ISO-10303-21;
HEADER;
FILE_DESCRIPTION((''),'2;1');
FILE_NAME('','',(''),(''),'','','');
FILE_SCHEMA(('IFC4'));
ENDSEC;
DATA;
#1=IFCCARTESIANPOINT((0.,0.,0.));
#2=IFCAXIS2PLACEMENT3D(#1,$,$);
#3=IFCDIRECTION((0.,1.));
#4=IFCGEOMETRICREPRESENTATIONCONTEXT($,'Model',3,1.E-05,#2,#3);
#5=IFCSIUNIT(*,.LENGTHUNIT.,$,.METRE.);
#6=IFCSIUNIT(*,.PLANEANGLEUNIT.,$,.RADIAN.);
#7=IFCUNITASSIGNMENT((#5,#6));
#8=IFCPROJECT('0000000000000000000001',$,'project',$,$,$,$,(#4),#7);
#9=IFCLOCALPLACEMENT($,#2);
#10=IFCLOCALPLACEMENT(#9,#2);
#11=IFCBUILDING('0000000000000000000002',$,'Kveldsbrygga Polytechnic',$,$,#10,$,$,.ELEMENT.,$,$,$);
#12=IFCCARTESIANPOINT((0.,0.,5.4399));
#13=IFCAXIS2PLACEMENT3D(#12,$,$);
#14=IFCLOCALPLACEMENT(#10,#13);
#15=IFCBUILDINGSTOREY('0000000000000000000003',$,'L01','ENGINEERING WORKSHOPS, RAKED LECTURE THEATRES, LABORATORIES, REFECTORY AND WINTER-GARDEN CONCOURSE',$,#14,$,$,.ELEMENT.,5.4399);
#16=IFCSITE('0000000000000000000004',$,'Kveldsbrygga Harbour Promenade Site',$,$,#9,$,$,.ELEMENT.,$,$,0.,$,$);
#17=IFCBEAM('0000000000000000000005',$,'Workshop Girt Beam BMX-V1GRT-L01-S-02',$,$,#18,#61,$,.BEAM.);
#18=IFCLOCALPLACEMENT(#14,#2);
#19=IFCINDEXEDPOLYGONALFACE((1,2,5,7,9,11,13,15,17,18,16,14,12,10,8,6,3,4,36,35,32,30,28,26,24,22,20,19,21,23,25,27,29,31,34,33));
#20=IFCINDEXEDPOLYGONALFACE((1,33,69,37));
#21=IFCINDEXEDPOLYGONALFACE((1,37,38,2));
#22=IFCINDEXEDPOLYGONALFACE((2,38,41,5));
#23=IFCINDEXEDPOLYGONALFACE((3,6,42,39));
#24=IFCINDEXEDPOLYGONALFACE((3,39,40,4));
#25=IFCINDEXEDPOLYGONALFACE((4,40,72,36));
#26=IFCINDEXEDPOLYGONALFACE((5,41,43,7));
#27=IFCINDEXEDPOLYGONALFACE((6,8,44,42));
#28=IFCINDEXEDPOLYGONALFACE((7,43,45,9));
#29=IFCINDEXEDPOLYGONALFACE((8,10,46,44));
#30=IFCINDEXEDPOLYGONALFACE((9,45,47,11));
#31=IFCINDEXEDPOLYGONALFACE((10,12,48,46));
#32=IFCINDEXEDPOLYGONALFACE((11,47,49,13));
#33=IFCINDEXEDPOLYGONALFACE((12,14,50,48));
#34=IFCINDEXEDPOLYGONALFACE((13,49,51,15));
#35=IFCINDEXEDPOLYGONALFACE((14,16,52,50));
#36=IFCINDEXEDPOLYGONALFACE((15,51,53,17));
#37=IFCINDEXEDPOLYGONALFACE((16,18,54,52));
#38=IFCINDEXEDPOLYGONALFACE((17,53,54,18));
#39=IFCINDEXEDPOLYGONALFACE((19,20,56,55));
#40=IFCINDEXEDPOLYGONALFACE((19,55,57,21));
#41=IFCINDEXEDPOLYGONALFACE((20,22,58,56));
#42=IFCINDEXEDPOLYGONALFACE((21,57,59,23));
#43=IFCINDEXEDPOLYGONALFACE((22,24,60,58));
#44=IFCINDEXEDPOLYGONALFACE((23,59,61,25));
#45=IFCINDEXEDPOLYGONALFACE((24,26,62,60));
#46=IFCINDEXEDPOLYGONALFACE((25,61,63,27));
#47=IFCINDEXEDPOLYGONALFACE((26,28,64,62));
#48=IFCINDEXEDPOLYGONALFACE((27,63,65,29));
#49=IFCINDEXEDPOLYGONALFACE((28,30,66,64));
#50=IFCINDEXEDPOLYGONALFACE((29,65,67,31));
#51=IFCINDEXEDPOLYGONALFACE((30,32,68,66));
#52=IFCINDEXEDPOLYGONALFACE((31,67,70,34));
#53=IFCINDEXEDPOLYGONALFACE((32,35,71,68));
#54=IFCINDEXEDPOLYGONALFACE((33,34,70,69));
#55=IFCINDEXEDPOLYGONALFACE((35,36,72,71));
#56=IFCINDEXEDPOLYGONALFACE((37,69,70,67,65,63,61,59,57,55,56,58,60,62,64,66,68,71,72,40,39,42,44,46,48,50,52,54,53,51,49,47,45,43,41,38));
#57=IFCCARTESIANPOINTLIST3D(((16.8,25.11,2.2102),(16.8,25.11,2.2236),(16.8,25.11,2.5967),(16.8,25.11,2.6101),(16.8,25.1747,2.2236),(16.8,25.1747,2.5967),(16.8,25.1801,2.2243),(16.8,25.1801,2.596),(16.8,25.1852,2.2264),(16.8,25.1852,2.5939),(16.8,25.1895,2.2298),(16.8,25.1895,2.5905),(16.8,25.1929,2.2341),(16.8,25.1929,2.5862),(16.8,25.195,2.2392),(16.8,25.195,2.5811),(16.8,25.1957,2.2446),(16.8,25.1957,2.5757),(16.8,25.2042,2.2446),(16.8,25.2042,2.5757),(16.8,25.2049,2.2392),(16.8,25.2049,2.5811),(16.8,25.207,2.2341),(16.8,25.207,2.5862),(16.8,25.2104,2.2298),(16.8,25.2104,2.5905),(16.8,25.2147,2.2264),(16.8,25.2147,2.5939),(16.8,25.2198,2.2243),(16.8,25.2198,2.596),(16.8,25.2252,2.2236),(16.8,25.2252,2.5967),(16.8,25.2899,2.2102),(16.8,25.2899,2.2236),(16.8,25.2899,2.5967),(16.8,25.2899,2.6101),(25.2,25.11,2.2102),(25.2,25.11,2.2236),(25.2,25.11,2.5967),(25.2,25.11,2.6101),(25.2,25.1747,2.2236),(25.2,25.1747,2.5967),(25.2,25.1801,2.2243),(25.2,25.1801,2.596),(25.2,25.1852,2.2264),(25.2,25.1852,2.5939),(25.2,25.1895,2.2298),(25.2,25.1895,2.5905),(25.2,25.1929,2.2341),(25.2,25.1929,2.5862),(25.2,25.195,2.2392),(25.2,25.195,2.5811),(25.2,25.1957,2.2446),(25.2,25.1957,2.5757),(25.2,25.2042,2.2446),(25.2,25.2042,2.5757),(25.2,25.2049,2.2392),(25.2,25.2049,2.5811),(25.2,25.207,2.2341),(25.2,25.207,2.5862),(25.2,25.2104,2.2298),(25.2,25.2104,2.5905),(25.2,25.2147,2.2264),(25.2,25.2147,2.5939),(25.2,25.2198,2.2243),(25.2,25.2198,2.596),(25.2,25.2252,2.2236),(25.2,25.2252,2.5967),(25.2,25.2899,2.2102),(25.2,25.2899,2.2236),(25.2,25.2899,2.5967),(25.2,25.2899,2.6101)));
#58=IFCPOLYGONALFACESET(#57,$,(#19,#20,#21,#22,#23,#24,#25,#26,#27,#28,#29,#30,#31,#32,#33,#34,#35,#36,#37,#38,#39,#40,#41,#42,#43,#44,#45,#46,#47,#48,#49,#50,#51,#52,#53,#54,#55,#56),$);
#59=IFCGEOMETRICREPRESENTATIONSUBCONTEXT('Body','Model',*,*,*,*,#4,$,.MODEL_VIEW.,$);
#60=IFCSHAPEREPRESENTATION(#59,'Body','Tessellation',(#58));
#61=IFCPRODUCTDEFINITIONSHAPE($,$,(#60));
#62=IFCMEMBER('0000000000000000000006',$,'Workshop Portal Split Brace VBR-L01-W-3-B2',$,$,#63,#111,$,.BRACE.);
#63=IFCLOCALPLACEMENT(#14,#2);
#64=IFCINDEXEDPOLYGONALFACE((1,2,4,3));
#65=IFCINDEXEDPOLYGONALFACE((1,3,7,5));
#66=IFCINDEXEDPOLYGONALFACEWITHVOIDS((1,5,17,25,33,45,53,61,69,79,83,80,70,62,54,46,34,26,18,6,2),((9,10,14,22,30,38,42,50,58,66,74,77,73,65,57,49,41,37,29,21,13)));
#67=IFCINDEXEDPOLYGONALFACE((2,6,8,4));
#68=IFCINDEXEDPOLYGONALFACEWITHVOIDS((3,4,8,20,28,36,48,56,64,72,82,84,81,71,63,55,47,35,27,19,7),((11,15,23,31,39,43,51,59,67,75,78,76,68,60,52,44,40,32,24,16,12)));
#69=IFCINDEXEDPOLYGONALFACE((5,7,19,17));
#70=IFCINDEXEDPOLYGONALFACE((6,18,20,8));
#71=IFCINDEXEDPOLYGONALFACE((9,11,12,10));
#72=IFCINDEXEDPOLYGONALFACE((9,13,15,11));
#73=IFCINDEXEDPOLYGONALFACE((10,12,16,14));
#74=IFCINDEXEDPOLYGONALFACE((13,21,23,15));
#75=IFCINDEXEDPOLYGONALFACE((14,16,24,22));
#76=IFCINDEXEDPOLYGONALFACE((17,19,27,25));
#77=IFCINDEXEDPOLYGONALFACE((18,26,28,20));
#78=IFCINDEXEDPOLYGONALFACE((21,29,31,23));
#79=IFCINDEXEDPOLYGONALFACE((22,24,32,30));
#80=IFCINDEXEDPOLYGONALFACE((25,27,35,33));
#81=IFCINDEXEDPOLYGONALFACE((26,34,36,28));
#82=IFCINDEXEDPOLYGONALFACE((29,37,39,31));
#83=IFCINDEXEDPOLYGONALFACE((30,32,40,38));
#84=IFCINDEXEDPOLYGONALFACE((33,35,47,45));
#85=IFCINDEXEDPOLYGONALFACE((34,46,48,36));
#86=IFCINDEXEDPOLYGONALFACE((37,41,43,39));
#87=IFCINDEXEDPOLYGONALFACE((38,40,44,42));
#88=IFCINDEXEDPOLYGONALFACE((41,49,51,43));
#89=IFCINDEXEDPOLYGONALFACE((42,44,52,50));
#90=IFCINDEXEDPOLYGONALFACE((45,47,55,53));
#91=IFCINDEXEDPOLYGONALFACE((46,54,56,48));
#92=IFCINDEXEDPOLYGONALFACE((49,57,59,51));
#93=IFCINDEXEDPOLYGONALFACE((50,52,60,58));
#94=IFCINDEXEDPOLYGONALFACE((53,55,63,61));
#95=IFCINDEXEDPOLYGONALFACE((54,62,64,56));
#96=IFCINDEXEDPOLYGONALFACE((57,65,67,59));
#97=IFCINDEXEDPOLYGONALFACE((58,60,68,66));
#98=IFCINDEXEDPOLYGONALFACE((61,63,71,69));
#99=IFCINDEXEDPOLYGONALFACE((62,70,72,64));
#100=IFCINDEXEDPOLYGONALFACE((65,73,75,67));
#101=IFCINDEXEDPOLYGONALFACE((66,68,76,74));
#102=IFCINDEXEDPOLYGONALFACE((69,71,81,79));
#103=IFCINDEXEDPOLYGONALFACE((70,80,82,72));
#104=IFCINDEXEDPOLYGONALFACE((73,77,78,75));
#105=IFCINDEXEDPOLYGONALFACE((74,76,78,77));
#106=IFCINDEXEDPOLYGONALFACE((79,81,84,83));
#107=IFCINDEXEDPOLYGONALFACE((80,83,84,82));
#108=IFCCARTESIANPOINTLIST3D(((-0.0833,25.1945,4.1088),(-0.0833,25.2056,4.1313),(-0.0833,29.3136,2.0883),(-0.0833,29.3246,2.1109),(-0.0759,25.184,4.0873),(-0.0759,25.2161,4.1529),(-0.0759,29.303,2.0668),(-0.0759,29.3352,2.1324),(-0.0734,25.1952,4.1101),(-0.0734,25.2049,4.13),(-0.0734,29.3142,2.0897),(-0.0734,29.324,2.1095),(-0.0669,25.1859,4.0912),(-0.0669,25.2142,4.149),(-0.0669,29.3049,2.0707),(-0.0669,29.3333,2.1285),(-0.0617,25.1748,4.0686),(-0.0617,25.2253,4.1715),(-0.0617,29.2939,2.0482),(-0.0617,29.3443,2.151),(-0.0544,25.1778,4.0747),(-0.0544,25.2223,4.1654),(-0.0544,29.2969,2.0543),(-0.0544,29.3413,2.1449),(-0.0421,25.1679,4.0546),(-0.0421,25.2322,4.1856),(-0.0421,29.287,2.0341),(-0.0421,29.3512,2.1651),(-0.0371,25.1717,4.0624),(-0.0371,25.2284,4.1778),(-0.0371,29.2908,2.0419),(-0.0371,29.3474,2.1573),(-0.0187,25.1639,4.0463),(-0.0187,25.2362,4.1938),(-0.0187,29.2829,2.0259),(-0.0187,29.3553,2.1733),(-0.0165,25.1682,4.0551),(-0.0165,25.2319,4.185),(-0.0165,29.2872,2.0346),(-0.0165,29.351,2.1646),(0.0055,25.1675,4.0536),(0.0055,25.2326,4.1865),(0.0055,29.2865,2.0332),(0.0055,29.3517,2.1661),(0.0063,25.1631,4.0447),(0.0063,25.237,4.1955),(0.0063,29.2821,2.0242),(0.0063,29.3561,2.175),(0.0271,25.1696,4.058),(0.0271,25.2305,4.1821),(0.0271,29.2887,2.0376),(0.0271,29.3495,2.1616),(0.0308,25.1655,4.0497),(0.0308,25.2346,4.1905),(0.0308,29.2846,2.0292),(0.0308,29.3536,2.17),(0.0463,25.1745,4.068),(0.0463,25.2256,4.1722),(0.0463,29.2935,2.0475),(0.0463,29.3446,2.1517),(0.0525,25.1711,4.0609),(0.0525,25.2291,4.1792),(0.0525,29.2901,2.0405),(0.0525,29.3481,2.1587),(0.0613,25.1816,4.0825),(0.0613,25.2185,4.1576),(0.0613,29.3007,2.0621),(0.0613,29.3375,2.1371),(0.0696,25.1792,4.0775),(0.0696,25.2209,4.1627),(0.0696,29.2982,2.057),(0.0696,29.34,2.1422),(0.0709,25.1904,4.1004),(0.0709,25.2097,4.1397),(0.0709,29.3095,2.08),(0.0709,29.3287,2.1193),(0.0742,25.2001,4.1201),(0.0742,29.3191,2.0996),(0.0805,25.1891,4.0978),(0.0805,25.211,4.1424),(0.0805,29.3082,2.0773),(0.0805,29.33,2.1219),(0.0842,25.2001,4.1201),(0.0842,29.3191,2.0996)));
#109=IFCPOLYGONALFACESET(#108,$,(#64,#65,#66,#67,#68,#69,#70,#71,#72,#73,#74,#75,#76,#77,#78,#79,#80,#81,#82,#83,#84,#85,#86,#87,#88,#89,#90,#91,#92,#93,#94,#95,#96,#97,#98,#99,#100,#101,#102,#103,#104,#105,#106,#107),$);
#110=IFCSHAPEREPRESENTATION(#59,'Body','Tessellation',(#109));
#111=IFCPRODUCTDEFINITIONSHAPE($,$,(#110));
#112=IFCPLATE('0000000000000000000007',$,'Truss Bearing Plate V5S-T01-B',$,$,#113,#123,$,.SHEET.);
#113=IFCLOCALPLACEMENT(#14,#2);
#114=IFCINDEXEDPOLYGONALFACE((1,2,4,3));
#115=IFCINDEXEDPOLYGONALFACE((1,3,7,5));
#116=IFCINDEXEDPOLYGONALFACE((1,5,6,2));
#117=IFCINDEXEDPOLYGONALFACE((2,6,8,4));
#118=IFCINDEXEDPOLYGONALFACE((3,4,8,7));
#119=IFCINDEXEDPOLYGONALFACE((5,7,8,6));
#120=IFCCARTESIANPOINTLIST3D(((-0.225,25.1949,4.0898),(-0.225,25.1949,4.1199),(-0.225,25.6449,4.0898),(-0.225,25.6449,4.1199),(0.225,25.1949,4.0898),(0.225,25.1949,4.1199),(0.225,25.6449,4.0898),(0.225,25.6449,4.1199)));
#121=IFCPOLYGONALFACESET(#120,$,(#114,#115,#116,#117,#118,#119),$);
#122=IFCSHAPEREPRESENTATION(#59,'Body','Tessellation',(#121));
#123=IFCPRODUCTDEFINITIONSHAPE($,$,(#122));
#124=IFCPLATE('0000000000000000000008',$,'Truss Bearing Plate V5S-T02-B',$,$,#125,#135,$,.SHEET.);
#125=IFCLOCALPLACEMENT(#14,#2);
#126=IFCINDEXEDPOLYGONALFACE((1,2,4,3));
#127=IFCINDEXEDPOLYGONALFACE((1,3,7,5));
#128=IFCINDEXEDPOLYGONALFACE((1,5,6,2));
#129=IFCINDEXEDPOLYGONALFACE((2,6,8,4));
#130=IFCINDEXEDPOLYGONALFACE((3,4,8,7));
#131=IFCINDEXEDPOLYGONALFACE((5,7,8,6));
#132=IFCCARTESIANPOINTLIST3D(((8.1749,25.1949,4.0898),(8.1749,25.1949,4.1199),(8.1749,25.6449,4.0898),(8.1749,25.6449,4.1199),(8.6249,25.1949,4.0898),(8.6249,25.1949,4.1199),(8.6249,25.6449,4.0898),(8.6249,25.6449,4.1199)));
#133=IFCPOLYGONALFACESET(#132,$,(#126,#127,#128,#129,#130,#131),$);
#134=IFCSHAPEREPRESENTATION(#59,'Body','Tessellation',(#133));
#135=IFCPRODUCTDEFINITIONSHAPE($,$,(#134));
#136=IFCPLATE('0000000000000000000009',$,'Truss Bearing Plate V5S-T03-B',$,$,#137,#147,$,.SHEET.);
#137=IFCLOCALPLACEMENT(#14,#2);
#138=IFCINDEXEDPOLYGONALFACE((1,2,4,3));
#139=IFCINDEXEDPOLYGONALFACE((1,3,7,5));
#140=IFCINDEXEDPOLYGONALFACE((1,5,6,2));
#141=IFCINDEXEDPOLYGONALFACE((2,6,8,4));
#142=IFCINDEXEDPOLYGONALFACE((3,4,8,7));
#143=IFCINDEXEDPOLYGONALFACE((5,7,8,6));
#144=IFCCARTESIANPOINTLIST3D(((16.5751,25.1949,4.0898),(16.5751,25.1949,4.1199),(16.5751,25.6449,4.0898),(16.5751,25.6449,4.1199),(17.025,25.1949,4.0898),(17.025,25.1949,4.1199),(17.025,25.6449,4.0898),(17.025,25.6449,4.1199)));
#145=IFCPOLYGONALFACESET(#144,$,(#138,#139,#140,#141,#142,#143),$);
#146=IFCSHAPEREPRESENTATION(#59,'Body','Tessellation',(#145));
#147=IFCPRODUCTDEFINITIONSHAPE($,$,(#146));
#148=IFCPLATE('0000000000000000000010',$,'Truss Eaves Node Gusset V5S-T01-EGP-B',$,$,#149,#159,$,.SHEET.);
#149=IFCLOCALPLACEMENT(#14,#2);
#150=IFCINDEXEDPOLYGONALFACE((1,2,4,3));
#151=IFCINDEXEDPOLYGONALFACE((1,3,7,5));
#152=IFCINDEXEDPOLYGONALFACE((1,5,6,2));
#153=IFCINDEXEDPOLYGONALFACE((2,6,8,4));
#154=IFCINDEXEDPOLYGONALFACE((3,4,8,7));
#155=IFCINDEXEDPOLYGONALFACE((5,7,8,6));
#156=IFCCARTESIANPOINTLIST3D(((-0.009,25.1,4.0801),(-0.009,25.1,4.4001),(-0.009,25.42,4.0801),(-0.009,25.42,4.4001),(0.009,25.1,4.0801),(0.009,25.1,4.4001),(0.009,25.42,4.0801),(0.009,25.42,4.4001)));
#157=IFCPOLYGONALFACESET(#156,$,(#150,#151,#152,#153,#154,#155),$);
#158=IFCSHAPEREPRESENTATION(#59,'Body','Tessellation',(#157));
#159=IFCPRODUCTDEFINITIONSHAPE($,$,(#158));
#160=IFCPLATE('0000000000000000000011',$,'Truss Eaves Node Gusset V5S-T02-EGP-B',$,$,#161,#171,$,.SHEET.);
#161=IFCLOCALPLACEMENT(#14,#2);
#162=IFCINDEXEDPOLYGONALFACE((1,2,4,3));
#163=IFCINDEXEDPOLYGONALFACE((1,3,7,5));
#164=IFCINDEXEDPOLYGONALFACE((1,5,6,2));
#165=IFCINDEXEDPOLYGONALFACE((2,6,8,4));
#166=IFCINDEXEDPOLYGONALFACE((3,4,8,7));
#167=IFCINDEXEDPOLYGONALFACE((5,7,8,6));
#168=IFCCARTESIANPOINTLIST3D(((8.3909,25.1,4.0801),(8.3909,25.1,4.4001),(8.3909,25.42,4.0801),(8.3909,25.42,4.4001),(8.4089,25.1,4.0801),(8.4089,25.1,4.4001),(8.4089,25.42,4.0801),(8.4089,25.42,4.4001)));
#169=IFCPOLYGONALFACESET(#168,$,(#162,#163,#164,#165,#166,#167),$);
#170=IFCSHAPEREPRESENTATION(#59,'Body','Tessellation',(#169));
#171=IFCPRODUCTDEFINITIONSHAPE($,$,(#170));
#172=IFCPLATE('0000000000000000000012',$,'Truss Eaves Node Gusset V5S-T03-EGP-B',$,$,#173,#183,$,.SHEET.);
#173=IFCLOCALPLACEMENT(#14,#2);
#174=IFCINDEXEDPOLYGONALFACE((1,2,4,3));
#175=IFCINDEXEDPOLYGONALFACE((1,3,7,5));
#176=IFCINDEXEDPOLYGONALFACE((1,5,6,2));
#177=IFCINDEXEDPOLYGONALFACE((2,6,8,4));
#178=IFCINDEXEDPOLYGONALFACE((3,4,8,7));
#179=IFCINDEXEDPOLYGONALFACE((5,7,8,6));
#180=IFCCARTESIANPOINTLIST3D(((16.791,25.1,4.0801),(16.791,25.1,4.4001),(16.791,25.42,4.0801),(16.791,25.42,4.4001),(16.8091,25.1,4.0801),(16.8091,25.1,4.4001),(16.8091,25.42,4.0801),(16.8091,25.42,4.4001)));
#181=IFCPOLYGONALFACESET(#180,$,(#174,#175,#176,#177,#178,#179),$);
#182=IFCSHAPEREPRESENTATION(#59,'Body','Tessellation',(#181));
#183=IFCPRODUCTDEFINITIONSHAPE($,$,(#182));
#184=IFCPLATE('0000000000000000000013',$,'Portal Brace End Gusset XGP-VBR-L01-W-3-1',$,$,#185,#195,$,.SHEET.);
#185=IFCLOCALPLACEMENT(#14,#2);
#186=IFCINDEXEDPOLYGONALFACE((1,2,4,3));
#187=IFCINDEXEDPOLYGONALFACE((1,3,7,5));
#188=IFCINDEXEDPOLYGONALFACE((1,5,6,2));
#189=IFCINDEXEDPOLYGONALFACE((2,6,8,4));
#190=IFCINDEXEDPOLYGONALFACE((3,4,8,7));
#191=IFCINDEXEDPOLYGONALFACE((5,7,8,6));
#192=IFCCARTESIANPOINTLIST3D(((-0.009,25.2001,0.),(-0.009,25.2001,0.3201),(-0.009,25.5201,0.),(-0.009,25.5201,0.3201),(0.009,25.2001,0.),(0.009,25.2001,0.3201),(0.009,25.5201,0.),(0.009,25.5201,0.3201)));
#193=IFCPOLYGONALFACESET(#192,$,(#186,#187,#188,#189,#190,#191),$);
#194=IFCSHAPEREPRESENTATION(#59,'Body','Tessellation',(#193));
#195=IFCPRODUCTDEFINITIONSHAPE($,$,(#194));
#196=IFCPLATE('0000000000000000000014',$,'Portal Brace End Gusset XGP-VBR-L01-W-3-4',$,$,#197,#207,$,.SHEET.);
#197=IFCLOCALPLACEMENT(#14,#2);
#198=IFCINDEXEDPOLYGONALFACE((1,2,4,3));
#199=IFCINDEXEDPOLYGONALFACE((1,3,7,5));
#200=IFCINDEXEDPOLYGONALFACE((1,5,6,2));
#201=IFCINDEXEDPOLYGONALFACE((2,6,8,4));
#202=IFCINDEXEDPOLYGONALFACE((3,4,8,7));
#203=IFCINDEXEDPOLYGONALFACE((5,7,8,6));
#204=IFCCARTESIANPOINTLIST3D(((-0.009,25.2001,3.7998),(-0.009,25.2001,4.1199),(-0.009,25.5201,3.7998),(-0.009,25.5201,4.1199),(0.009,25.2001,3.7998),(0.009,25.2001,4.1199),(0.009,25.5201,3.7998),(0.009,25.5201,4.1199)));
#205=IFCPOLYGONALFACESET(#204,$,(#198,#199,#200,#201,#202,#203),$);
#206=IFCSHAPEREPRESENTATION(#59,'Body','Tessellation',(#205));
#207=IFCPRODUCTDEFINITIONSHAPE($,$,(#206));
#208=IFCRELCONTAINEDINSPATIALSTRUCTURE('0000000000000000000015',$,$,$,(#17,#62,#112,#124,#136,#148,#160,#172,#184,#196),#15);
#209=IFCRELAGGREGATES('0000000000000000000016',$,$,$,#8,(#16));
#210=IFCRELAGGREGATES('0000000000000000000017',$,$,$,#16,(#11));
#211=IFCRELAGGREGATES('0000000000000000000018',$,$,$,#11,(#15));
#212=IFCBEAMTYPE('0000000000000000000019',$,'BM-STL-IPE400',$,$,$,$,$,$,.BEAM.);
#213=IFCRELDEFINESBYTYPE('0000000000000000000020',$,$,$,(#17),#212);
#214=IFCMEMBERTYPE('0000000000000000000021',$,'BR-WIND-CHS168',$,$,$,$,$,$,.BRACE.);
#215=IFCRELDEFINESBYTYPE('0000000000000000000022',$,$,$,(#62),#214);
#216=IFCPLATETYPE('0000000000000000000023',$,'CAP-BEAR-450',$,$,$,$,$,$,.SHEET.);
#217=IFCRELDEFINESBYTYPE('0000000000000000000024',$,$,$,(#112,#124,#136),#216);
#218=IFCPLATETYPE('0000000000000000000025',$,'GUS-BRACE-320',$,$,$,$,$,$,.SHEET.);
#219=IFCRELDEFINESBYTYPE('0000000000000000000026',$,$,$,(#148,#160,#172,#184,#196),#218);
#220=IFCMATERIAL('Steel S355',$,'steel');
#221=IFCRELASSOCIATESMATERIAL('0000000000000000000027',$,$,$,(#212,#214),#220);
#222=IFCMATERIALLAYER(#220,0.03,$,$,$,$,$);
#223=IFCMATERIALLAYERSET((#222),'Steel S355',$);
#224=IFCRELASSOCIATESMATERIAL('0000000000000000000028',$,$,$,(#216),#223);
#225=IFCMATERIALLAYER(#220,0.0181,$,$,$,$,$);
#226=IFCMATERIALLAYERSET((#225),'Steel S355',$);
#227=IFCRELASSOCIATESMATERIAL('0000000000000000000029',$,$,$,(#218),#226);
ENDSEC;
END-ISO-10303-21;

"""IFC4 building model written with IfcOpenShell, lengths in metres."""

from ifc_helpers import new_model, si_unit, direction, frame, origin, origin_2d, place, context, subcontext, project, spatial, rectangle, hollow_circle, i_section, extrude, material, layer, layer_set, material_profile, profile_set, type_object, element, save


model = new_model("IFC4")

# Units and contexts
model_context = context("Model", 3, precision=1e-05, world=origin(), true_north=direction((0.0, 1.0)))
body_context = subcontext(model_context, "Body", "Model", "MODEL_VIEW")
ifc_project = project(units=[si_unit("LENGTHUNIT", "METRE"), si_unit("PLANEANGLEUNIT", "RADIAN")], contexts=[model_context])

# Site, building, storey
site_placement = place(None, origin())
site = spatial("IfcSite", under=ifc_project, at=site_placement, Name="Kveldsbrygga Harbour Promenade Site", CompositionType="ELEMENT", RefElevation=0.0)
building_placement = place(site_placement, origin())
building = spatial("IfcBuilding", under=site, at=building_placement, Name="Kveldsbrygga Polytechnic", CompositionType="ELEMENT")
storey_placement = place(building_placement, frame((0.0, 0.0, 5.4399)))
storey = spatial("IfcBuildingStorey", under=building, at=storey_placement, Name="L01", Description="ENGINEERING WORKSHOPS, RAKED LECTURE THEATRES, LABORATORIES, REFECTORY AND WINTER-GARDEN CONCOURSE", CompositionType="ELEMENT", Elevation=5.4399)

# Beam
ifc_material_1 = material(Name="Steel S355", Category="steel")
ifc_material_profile_1 = material_profile(ifc_material_1, i_section(OverallWidth=0.1799, OverallDepth=0.3999, WebThickness=0.0085, FlangeThickness=0.0134, FilletRadius=0.021, at=origin_2d()), Name="IPE 400")
ifc_profile_set_1 = profile_set([ifc_material_profile_1], Name="Steel S355")
beam_type_1 = type_object("IfcBeamType", Name="BM-STL-IPE400", PredefinedType="BEAM", material=ifc_profile_set_1)
beam_1_placement = place(storey_placement, frame((16.8, 25.2, 2.4102), z_axis=(1.0, 0.0, 0.0), x_axis=(0.0, 1.0, 0.0)))
element("IfcBeam", 1, at=beam_1_placement, inside=storey, type_object=beam_type_1, Name="Workshop Girt Beam BMX-V1GRT-L01-S-02", PredefinedType="BEAM", context=body_context, shape_type="SweptSolid", body=[
    extrude(i_section(OverallWidth=0.1799, OverallDepth=0.3999, WebThickness=0.0085, FlangeThickness=0.0134, FilletRadius=0.021, at=origin_2d()), origin(), (0.0, 0.0, 1.0), 8.3999),
])

# Member
ifc_material_profile_2 = material_profile(ifc_material_1, hollow_circle(Radius=0.0842, WallThickness=0.01, at=origin_2d()), Name="CHS 168.3x10.0")
ifc_profile_set_2 = profile_set([ifc_material_profile_2], Name="Steel S355")
member_type = type_object("IfcMemberType", Name="BR-WIND-CHS168", PredefinedType="BRACE", material=ifc_profile_set_2)
member_placement = place(storey_placement, frame((0.0, 29.3191, 2.0996), z_axis=(0.0, -0.897807, 0.440389), x_axis=(1.0, 0.0, 0.0)))
element("IfcMember", 2, at=member_placement, inside=storey, type_object=member_type, Name="Workshop Portal Split Brace VBR-L01-W-3-B2", PredefinedType="BRACE", context=body_context, shape_type="SweptSolid", body=[
    extrude(hollow_circle(Radius=0.0842, WallThickness=0.01, at=origin_2d()), origin(), (0.0, 0.0, 1.0), 4.5879),
])

# Plates
ifc_layer_1 = layer(ifc_material_1, 0.03)
ifc_layer_set_1 = layer_set([ifc_layer_1], Name="Steel S355")
plate_type_1 = type_object("IfcPlateType", Name="CAP-BEAR-450", PredefinedType="SHEET", material=ifc_layer_set_1)
for number, where, z_axis, x_axis, name in (
    (3, (0.0, 25.4199, 4.0898), (0.0, 0.0, 1.0), (1.0, 0.0, 0.0), "Truss Bearing Plate V5S-T01-B"),
    (4, (8.3999, 25.4199, 4.0898), (0.0, 0.0, 1.0), (1.0, 0.0, 0.0), "Truss Bearing Plate V5S-T02-B"),
    (5, (16.8, 25.4199, 4.0898), (0.0, 0.0, 1.0), (1.0, 0.0, 0.0), "Truss Bearing Plate V5S-T03-B"),
):
    element("IfcPlate", number, at=place(storey_placement, frame(where, z_axis=z_axis, x_axis=x_axis)), inside=storey, type_object=plate_type_1, Name=name, PredefinedType="SHEET", context=body_context, shape_type="SweptSolid", body=[
        extrude(rectangle(XDim=0.45, YDim=0.45, at=origin_2d()), origin(), (0.0, 0.0, 1.0), 0.03),
    ])
ifc_layer_2 = layer(ifc_material_1, 0.0181)
ifc_layer_set_2 = layer_set([ifc_layer_2], Name="Steel S355")
plate_type_2 = type_object("IfcPlateType", Name="GUS-BRACE-320", PredefinedType="SHEET", material=ifc_layer_set_2)
for number, where, z_axis, x_axis, name in (
    (6, (0.0, 25.26, 4.0801), (0.0, 0.0, 1.0), (1.0, 0.0, 0.0), "Truss Eaves Node Gusset V5S-T01-EGP-B"),
    (7, (8.3999, 25.26, 4.0801), (0.0, 0.0, 1.0), (1.0, 0.0, 0.0), "Truss Eaves Node Gusset V5S-T02-EGP-B"),
    (8, (16.8, 25.26, 4.0801), (0.0, 0.0, 1.0), (1.0, 0.0, 0.0), "Truss Eaves Node Gusset V5S-T03-EGP-B"),
    (9, (0.0, 25.3601, 0.0), (0.0, 0.0, 1.0), (1.0, 0.0, 0.0), "Portal Brace End Gusset XGP-VBR-L01-W-3-1"),
    (10, (0.0, 25.3601, 3.7998), (0.0, 0.0, 1.0), (1.0, 0.0, 0.0), "Portal Brace End Gusset XGP-VBR-L01-W-3-4"),
):
    element("IfcPlate", number, at=place(storey_placement, frame(where, z_axis=z_axis, x_axis=x_axis)), inside=storey, type_object=plate_type_2, Name=name, PredefinedType="SHEET", context=body_context, shape_type="SweptSolid", body=[
        extrude(rectangle(XDim=0.0181, YDim=0.3201, at=origin_2d()), origin(), (0.0, 0.0, 1.0), 0.3201),
    ])

save(model, "model.ifc")
